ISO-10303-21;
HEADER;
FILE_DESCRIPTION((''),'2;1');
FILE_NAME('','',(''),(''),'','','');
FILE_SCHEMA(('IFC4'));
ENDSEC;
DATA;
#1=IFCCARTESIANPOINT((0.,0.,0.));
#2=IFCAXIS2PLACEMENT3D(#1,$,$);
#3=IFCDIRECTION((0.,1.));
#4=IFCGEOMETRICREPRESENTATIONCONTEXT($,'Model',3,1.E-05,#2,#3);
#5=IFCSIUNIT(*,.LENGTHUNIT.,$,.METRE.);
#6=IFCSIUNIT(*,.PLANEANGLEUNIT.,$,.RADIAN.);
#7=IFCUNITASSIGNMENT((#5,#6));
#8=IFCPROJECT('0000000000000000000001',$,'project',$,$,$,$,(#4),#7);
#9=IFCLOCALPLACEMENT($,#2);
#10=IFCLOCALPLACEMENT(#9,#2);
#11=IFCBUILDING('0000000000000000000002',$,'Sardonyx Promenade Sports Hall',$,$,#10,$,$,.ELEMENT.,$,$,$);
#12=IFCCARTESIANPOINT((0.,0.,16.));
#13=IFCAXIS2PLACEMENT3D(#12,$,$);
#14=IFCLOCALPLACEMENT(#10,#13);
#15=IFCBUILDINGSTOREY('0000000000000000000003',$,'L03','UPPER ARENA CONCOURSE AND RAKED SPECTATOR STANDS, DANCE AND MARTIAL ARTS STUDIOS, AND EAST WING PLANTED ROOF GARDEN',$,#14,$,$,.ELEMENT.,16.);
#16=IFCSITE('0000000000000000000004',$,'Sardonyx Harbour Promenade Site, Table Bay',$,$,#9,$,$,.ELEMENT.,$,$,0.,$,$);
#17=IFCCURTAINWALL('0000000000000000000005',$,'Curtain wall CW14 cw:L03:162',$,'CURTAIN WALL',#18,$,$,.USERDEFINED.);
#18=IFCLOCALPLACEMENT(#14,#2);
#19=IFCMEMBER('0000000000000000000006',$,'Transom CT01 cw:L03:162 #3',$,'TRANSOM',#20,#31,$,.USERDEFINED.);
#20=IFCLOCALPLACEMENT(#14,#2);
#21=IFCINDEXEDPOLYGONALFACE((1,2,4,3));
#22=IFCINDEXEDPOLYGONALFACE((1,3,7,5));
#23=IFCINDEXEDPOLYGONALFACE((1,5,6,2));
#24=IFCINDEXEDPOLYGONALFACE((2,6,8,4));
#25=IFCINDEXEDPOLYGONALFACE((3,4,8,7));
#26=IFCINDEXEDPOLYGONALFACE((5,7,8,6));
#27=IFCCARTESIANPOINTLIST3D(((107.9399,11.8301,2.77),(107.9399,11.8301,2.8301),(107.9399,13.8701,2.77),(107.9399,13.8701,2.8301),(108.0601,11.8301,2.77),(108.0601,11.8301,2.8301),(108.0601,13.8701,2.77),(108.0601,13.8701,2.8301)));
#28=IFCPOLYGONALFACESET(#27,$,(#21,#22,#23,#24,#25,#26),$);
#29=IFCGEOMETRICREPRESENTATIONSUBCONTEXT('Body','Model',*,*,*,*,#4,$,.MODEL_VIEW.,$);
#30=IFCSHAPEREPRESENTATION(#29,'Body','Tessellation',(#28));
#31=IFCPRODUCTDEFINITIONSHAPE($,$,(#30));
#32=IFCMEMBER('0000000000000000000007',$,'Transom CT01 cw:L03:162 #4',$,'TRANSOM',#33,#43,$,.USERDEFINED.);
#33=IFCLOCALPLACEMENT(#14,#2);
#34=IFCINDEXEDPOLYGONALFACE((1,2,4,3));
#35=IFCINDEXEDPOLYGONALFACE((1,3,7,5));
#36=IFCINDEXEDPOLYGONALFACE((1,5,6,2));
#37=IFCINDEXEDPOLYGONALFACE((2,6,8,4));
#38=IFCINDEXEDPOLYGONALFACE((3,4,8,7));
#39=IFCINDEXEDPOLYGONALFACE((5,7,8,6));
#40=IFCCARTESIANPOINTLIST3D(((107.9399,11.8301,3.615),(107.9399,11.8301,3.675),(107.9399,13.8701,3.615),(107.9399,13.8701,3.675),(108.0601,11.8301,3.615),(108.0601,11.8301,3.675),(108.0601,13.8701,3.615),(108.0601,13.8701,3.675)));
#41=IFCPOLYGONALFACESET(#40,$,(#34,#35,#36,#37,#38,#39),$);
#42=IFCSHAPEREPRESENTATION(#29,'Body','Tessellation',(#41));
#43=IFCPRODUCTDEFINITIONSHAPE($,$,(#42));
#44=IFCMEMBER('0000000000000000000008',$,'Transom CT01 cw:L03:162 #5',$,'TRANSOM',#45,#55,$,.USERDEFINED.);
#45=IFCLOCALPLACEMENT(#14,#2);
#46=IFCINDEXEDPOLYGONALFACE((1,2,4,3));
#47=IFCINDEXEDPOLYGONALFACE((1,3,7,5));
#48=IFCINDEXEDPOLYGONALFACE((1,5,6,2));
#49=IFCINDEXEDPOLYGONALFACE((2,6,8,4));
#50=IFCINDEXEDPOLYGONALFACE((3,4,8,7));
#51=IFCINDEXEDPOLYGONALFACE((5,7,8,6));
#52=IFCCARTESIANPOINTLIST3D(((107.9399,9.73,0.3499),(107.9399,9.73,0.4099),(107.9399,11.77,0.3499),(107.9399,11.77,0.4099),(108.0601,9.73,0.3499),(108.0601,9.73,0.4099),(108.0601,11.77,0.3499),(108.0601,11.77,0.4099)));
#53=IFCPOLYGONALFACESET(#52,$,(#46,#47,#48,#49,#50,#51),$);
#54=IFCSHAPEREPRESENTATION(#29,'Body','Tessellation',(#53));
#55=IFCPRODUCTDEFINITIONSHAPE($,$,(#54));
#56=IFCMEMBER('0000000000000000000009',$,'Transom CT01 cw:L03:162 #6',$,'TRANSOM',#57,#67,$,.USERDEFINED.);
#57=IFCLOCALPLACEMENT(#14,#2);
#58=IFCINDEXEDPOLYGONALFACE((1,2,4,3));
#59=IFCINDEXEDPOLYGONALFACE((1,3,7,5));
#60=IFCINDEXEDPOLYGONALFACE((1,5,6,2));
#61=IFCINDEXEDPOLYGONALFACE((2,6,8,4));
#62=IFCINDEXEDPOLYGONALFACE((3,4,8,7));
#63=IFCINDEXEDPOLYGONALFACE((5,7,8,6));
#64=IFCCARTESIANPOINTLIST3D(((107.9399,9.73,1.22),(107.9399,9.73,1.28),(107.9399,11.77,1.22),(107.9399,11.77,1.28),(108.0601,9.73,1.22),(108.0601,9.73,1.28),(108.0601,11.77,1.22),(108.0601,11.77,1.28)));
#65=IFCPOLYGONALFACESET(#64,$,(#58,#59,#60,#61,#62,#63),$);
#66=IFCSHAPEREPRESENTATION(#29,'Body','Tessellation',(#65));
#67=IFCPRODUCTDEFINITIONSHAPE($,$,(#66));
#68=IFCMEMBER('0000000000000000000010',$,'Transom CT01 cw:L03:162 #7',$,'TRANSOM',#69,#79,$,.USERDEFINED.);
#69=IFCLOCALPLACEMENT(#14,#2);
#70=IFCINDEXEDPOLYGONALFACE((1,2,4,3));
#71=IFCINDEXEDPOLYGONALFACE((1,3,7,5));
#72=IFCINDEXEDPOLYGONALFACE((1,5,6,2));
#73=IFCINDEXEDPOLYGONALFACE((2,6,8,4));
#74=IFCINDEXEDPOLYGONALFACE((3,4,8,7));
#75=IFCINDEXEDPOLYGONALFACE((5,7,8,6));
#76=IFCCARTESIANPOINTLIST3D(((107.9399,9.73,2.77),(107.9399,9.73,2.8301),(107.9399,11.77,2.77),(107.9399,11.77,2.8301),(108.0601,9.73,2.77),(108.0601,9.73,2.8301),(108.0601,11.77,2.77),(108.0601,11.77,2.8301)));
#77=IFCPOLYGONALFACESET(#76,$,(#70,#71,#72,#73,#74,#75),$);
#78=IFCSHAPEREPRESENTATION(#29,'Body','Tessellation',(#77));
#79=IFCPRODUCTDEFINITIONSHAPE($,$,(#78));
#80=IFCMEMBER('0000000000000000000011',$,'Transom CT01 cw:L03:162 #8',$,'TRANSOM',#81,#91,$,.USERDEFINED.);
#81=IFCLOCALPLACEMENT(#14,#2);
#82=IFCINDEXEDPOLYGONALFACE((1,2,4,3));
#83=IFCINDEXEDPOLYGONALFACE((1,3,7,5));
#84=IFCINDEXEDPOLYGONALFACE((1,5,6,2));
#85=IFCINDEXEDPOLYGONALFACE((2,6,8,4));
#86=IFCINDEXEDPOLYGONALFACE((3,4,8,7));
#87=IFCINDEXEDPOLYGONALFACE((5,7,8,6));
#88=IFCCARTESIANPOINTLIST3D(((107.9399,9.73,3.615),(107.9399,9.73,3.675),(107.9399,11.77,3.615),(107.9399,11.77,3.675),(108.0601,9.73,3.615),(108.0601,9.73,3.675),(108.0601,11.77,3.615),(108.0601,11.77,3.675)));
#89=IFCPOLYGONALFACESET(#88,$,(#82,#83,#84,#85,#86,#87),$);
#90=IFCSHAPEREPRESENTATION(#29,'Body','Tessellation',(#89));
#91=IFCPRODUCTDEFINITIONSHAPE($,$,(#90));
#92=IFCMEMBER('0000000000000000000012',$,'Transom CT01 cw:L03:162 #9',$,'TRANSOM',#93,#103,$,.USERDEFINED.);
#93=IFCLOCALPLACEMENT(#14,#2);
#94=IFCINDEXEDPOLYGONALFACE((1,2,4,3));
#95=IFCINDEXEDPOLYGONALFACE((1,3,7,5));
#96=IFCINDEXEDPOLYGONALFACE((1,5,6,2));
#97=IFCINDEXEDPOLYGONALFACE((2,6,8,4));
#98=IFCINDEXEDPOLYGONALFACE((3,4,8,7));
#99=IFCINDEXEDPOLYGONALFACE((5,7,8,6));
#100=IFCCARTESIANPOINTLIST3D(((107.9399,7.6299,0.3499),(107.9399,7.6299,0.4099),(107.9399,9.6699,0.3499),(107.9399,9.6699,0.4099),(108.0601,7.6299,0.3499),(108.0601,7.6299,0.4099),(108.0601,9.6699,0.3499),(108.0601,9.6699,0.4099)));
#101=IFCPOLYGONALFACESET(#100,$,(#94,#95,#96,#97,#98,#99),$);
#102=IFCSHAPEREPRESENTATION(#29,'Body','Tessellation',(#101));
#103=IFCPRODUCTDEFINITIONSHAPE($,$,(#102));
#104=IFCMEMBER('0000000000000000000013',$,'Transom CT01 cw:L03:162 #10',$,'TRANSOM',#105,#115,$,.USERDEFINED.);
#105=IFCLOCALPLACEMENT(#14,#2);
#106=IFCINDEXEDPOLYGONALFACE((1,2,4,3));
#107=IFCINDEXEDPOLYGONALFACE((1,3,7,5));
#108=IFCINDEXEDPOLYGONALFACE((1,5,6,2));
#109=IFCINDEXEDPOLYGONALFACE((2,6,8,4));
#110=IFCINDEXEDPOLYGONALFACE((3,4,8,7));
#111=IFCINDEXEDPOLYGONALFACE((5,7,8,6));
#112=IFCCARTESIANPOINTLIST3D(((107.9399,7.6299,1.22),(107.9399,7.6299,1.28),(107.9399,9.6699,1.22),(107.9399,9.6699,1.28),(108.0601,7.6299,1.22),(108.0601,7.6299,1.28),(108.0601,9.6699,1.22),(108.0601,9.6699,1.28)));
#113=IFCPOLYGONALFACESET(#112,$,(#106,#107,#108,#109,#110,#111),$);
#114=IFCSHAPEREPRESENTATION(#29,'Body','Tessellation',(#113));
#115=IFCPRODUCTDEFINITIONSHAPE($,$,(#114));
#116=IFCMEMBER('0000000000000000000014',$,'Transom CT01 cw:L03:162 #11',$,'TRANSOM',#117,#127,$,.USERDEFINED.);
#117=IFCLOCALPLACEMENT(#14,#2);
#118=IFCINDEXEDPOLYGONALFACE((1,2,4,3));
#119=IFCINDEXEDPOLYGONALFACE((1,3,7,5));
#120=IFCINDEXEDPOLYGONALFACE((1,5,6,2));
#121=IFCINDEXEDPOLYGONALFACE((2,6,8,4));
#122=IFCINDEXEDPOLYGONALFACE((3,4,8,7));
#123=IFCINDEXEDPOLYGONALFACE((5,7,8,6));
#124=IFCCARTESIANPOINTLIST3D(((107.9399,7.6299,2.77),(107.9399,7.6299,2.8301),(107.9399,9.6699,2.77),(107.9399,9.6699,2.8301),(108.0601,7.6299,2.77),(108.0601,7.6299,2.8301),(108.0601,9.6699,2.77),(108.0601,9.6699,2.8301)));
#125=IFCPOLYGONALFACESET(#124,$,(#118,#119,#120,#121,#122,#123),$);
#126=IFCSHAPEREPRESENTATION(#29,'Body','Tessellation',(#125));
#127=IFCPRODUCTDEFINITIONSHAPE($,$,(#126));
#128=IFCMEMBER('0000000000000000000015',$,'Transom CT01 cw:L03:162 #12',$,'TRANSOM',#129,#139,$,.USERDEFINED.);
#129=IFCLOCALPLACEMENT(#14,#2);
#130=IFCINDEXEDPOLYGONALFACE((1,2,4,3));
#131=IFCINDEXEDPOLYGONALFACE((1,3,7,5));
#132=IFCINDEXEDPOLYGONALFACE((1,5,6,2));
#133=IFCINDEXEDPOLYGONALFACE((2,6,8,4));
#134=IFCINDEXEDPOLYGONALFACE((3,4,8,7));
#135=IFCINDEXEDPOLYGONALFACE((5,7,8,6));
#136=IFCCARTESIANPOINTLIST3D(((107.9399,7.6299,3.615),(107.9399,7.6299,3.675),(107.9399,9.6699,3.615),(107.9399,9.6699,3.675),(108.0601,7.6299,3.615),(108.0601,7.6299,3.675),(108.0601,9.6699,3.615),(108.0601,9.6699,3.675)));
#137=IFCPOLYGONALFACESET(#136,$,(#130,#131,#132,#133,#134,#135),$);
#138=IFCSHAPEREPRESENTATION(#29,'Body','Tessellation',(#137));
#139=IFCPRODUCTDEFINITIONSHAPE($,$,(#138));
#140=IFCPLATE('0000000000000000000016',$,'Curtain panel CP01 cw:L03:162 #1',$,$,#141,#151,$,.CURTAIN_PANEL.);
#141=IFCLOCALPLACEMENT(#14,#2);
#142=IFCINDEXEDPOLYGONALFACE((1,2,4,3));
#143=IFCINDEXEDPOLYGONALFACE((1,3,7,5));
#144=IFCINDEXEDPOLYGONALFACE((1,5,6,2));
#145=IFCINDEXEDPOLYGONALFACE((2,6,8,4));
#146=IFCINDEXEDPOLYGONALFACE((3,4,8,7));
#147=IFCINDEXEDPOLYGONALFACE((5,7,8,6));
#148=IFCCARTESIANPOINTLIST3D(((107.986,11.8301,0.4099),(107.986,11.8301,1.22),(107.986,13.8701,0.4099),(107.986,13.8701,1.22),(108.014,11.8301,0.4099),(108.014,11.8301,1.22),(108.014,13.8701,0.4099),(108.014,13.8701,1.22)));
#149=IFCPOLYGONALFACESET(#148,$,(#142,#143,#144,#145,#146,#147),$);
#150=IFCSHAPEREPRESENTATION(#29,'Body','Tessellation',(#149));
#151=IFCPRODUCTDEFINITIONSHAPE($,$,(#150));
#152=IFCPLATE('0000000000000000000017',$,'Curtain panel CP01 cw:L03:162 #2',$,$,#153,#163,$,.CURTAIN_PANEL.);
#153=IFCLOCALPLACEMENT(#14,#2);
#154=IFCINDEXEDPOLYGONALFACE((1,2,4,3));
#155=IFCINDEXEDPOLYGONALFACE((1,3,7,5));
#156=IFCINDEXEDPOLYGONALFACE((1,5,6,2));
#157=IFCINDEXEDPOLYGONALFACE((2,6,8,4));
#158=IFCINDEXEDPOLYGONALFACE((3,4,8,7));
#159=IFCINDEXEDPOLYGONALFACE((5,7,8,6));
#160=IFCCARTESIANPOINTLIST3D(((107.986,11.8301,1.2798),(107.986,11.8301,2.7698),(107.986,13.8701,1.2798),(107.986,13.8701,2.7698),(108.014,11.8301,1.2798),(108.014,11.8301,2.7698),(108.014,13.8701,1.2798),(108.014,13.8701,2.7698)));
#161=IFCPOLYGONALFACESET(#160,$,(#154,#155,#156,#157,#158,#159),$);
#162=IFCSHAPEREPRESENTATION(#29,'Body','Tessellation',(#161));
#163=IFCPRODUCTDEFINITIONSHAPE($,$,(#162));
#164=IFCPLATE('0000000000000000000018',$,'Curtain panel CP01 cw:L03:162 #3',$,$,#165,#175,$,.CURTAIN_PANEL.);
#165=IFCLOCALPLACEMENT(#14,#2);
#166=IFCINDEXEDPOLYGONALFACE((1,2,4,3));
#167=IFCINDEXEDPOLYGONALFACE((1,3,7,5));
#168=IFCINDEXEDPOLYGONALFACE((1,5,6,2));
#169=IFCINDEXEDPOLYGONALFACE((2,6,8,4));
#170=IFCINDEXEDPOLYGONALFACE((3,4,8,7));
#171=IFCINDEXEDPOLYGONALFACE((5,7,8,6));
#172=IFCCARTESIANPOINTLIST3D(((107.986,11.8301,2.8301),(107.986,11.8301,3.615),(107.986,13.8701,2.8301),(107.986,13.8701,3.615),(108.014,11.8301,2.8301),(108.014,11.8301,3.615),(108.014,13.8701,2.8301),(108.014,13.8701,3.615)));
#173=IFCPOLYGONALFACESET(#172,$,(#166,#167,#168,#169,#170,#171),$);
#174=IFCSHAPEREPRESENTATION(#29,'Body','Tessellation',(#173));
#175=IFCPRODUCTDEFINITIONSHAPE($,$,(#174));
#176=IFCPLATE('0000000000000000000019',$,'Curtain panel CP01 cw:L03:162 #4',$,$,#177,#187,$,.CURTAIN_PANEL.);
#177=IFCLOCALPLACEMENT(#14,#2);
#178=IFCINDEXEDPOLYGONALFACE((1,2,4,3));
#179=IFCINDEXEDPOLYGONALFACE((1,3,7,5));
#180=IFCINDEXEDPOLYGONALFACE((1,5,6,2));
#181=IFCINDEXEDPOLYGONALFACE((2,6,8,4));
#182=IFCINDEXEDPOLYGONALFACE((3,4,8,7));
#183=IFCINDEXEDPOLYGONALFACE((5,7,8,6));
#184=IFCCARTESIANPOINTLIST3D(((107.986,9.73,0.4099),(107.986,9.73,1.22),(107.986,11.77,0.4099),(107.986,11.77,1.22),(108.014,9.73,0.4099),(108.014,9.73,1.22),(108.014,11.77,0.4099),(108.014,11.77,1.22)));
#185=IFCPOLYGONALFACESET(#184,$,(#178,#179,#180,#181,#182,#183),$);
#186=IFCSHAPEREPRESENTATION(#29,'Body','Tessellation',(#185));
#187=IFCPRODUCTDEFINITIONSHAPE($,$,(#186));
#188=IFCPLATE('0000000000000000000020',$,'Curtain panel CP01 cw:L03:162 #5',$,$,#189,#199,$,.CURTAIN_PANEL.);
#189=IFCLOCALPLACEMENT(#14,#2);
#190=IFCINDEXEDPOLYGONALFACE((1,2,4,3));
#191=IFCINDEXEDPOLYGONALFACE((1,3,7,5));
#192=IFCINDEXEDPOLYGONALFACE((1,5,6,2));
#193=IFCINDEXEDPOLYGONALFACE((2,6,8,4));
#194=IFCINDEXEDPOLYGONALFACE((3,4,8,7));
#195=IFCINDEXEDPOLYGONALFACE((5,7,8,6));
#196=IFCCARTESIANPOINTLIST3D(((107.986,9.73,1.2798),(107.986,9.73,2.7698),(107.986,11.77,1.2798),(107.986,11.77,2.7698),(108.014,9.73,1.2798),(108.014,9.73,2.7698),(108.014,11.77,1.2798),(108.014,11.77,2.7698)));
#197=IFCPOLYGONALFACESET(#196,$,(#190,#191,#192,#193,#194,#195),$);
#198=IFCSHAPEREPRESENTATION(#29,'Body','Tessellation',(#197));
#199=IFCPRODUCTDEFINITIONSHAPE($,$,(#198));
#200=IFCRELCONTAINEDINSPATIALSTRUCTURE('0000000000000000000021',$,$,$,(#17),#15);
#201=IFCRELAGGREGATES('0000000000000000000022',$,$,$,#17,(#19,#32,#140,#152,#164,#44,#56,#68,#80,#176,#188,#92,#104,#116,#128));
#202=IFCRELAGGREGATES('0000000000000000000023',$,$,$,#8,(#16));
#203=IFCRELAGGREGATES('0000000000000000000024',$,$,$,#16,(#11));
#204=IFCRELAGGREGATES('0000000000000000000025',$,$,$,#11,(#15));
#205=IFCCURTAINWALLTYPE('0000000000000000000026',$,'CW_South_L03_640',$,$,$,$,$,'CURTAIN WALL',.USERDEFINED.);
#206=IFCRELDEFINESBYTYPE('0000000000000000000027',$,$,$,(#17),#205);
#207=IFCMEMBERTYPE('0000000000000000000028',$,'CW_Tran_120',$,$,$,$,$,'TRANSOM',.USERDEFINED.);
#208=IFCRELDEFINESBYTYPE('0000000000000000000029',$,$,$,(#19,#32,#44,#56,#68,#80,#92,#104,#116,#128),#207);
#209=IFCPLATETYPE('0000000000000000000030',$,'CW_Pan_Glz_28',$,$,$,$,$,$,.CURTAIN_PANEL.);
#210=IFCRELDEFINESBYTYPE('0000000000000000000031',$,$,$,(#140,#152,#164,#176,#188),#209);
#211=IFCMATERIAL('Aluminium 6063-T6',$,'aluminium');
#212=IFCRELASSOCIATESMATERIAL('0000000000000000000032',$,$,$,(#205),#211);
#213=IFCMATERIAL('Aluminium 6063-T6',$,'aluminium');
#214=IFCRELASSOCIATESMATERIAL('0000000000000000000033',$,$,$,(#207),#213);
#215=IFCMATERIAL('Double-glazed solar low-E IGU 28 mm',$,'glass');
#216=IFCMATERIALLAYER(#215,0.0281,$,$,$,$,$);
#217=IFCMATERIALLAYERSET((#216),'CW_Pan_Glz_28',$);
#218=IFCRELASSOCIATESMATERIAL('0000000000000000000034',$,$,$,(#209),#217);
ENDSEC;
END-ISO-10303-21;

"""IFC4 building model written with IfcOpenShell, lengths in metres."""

from ifc_helpers import new_model, si_unit, direction, frame, origin, origin_2d, place, context, subcontext, project, spatial, rectangle, extrude, material, layer, layer_set, material_profile, profile_set, type_object, element, aggregate, save


model = new_model("IFC4")

# Units and contexts
model_context = context("Model", 3, precision=1e-05, world=origin(), true_north=direction((0.0, 1.0)))
body_context = subcontext(model_context, "Body", "Model", "MODEL_VIEW")
ifc_project = project(units=[si_unit("LENGTHUNIT", "METRE"), si_unit("PLANEANGLEUNIT", "RADIAN")], contexts=[model_context])

# Site, building, storey
site_placement = place(None, origin())
site = spatial("IfcSite", under=ifc_project, at=site_placement, Name="Sardonyx Harbour Promenade Site, Table Bay", CompositionType="ELEMENT", RefElevation=0.0)
building_placement = place(site_placement, origin())
building = spatial("IfcBuilding", under=site, at=building_placement, Name="Sardonyx Promenade Sports Hall", CompositionType="ELEMENT")
storey_placement = place(building_placement, frame((0.0, 0.0, 16.0)))
storey = spatial("IfcBuildingStorey", under=building, at=storey_placement, Name="L03", Description="UPPER ARENA CONCOURSE AND RAKED SPECTATOR STANDS, DANCE AND MARTIAL ARTS STUDIOS, AND EAST WING PLANTED ROOF GARDEN", CompositionType="ELEMENT", Elevation=16.0)

# Curtain wall, members, plates
ifc_material_1 = material(Name="Aluminium 6063-T6", Category="aluminium")
curtain_wall_type = type_object("IfcCurtainWallType", Name="CW_South_L03_640", ElementType="CURTAIN WALL", PredefinedType="USERDEFINED", material=ifc_material_1)
curtain_wall_placement = place(storey_placement, origin())
curtain_wall = element("IfcCurtainWall", 1, at=curtain_wall_placement, inside=storey, type_object=curtain_wall_type, Name="Curtain wall CW14 cw:L03:162", ObjectType="CURTAIN WALL", PredefinedType="USERDEFINED")
ifc_material_2 = material(Name="Aluminium 6063-T6", Category="aluminium")
ifc_material_profile_1 = material_profile(ifc_material_2, rectangle(XDim=0.0601, YDim=0.1201, at=origin_2d()))
ifc_profile_set_1 = profile_set([ifc_material_profile_1], Name="Aluminium 6063-T6")
member_type_1 = type_object("IfcMemberType", Name="CW_Tran_120", ElementType="TRANSOM", PredefinedType="USERDEFINED", material=ifc_profile_set_1)
member_1_placement = place(storey_placement, frame((108.0, 13.8701, 2.8), z_axis=(0.0, -1.0, 0.0), x_axis=(0.0, 0.0, 1.0)))
member_1 = element("IfcMember", 2, at=member_1_placement, type_object=member_type_1, Name="Transom CT01 cw:L03:162 #3", ObjectType="TRANSOM", PredefinedType="USERDEFINED", context=body_context, shape_type="SweptSolid", body=[
    extrude(rectangle(XDim=0.0601, YDim=0.1201, at=origin_2d()), origin(), (0.0, 0.0, 1.0), 2.04),
])
member_2_placement = place(storey_placement, frame((108.0, 13.8701, 3.645), z_axis=(0.0, -1.0, 0.0), x_axis=(0.0, 0.0, 1.0)))
member_2 = element("IfcMember", 3, at=member_2_placement, type_object=member_type_1, Name="Transom CT01 cw:L03:162 #4", ObjectType="TRANSOM", PredefinedType="USERDEFINED", context=body_context, shape_type="SweptSolid", body=[
    extrude(rectangle(XDim=0.0601, YDim=0.1201, at=origin_2d()), origin(), (0.0, 0.0, 1.0), 2.04),
])
member_3_placement = place(storey_placement, frame((108.0, 11.77, 0.3799), z_axis=(0.0, -1.0, 0.0), x_axis=(0.0, 0.0, 1.0)))
member_3 = element("IfcMember", 4, at=member_3_placement, type_object=member_type_1, Name="Transom CT01 cw:L03:162 #5", ObjectType="TRANSOM", PredefinedType="USERDEFINED", context=body_context, shape_type="SweptSolid", body=[
    extrude(rectangle(XDim=0.0601, YDim=0.1201, at=origin_2d()), origin(), (0.0, 0.0, 1.0), 2.04),
])
member_4_placement = place(storey_placement, frame((108.0, 11.77, 1.25), z_axis=(0.0, -1.0, 0.0), x_axis=(0.0, 0.0, 1.0)))
member_4 = element("IfcMember", 5, at=member_4_placement, type_object=member_type_1, Name="Transom CT01 cw:L03:162 #6", ObjectType="TRANSOM", PredefinedType="USERDEFINED", context=body_context, shape_type="SweptSolid", body=[
    extrude(rectangle(XDim=0.0601, YDim=0.1201, at=origin_2d()), origin(), (0.0, 0.0, 1.0), 2.04),
])
member_5_placement = place(storey_placement, frame((108.0, 11.77, 2.8), z_axis=(0.0, -1.0, 0.0), x_axis=(0.0, 0.0, 1.0)))
member_5 = element("IfcMember", 6, at=member_5_placement, type_object=member_type_1, Name="Transom CT01 cw:L03:162 #7", ObjectType="TRANSOM", PredefinedType="USERDEFINED", context=body_context, shape_type="SweptSolid", body=[
    extrude(rectangle(XDim=0.0601, YDim=0.1201, at=origin_2d()), origin(), (0.0, 0.0, 1.0), 2.04),
])
member_6_placement = place(storey_placement, frame((108.0, 11.77, 3.645), z_axis=(0.0, -1.0, 0.0), x_axis=(0.0, 0.0, 1.0)))
member_6 = element("IfcMember", 7, at=member_6_placement, type_object=member_type_1, Name="Transom CT01 cw:L03:162 #8", ObjectType="TRANSOM", PredefinedType="USERDEFINED", context=body_context, shape_type="SweptSolid", body=[
    extrude(rectangle(XDim=0.0601, YDim=0.1201, at=origin_2d()), origin(), (0.0, 0.0, 1.0), 2.04),
])
member_7_placement = place(storey_placement, frame((108.0, 9.6699, 0.3799), z_axis=(0.0, -1.0, 0.0), x_axis=(0.0, 0.0, 1.0)))
member_7 = element("IfcMember", 8, at=member_7_placement, type_object=member_type_1, Name="Transom CT01 cw:L03:162 #9", ObjectType="TRANSOM", PredefinedType="USERDEFINED", context=body_context, shape_type="SweptSolid", body=[
    extrude(rectangle(XDim=0.0601, YDim=0.1201, at=origin_2d()), origin(), (0.0, 0.0, 1.0), 2.04),
])
member_8_placement = place(storey_placement, frame((108.0, 9.6699, 1.25), z_axis=(0.0, -1.0, 0.0), x_axis=(0.0, 0.0, 1.0)))
member_8 = element("IfcMember", 9, at=member_8_placement, type_object=member_type_1, Name="Transom CT01 cw:L03:162 #10", ObjectType="TRANSOM", PredefinedType="USERDEFINED", context=body_context, shape_type="SweptSolid", body=[
    extrude(rectangle(XDim=0.0601, YDim=0.1201, at=origin_2d()), origin(), (0.0, 0.0, 1.0), 2.04),
])
member_9_placement = place(storey_placement, frame((108.0, 9.6699, 2.8), z_axis=(0.0, -1.0, 0.0), x_axis=(0.0, 0.0, 1.0)))
member_9 = element("IfcMember", 10, at=member_9_placement, type_object=member_type_1, Name="Transom CT01 cw:L03:162 #11", ObjectType="TRANSOM", PredefinedType="USERDEFINED", context=body_context, shape_type="SweptSolid", body=[
    extrude(rectangle(XDim=0.0601, YDim=0.1201, at=origin_2d()), origin(), (0.0, 0.0, 1.0), 2.04),
])
member_10_placement = place(storey_placement, frame((108.0, 9.6699, 3.645), z_axis=(0.0, -1.0, 0.0), x_axis=(0.0, 0.0, 1.0)))
member_10 = element("IfcMember", 11, at=member_10_placement, type_object=member_type_1, Name="Transom CT01 cw:L03:162 #12", ObjectType="TRANSOM", PredefinedType="USERDEFINED", context=body_context, shape_type="SweptSolid", body=[
    extrude(rectangle(XDim=0.0601, YDim=0.1201, at=origin_2d()), origin(), (0.0, 0.0, 1.0), 2.04),
])
ifc_material_3 = material(Name="Double-glazed solar low-E IGU 28 mm", Category="glass")
ifc_layer_1 = layer(ifc_material_3, 0.0281)
ifc_layer_set_1 = layer_set([ifc_layer_1], Name="CW_Pan_Glz_28")
plate_type_1 = type_object("IfcPlateType", Name="CW_Pan_Glz_28", PredefinedType="CURTAIN_PANEL", material=ifc_layer_set_1)
plate_1_placement = place(storey_placement, frame((108.0, 12.8501, 0.4099), z_axis=(0.0, 0.0, 1.0), x_axis=(0.0, -1.0, 0.0)))
plate_1 = element("IfcPlate", 12, at=plate_1_placement, type_object=plate_type_1, Name="Curtain panel CP01 cw:L03:162 #1", PredefinedType="CURTAIN_PANEL", context=body_context, shape_type="SweptSolid", body=[
    extrude(rectangle(XDim=2.04, YDim=0.0281, at=origin_2d()), origin(), (0.0, 0.0, 1.0), 0.8101),
])
plate_2_placement = place(storey_placement, frame((108.0, 12.8501, 1.2798), z_axis=(0.0, 0.0, 1.0), x_axis=(0.0, -1.0, 0.0)))
plate_2 = element("IfcPlate", 13, at=plate_2_placement, type_object=plate_type_1, Name="Curtain panel CP01 cw:L03:162 #2", PredefinedType="CURTAIN_PANEL", context=body_context, shape_type="SweptSolid", body=[
    extrude(rectangle(XDim=2.04, YDim=0.0281, at=origin_2d()), origin(), (0.0, 0.0, 1.0), 1.49),
])
plate_3_placement = place(storey_placement, frame((108.0, 12.8501, 2.8301), z_axis=(0.0, 0.0, 1.0), x_axis=(0.0, -1.0, 0.0)))
plate_3 = element("IfcPlate", 14, at=plate_3_placement, type_object=plate_type_1, Name="Curtain panel CP01 cw:L03:162 #3", PredefinedType="CURTAIN_PANEL", context=body_context, shape_type="SweptSolid", body=[
    extrude(rectangle(XDim=2.04, YDim=0.0281, at=origin_2d()), origin(), (0.0, 0.0, 1.0), 0.7849),
])
plate_4_placement = place(storey_placement, frame((108.0, 10.75, 0.4099), z_axis=(0.0, 0.0, 1.0), x_axis=(0.0, -1.0, 0.0)))
plate_4 = element("IfcPlate", 15, at=plate_4_placement, type_object=plate_type_1, Name="Curtain panel CP01 cw:L03:162 #4", PredefinedType="CURTAIN_PANEL", context=body_context, shape_type="SweptSolid", body=[
    extrude(rectangle(XDim=2.04, YDim=0.0281, at=origin_2d()), origin(), (0.0, 0.0, 1.0), 0.8101),
])
plate_5_placement = place(storey_placement, frame((108.0, 10.75, 1.2798), z_axis=(0.0, 0.0, 1.0), x_axis=(0.0, -1.0, 0.0)))
plate_5 = element("IfcPlate", 16, at=plate_5_placement, type_object=plate_type_1, Name="Curtain panel CP01 cw:L03:162 #5", PredefinedType="CURTAIN_PANEL", context=body_context, shape_type="SweptSolid", body=[
    extrude(rectangle(XDim=2.04, YDim=0.0281, at=origin_2d()), origin(), (0.0, 0.0, 1.0), 1.49),
])
aggregate(curtain_wall, [member_1, member_2, plate_1, plate_2, plate_3, member_3, member_4, member_5, member_6, plate_4, plate_5, member_7, member_8, member_9, member_10])

save(model, "model.ifc")
